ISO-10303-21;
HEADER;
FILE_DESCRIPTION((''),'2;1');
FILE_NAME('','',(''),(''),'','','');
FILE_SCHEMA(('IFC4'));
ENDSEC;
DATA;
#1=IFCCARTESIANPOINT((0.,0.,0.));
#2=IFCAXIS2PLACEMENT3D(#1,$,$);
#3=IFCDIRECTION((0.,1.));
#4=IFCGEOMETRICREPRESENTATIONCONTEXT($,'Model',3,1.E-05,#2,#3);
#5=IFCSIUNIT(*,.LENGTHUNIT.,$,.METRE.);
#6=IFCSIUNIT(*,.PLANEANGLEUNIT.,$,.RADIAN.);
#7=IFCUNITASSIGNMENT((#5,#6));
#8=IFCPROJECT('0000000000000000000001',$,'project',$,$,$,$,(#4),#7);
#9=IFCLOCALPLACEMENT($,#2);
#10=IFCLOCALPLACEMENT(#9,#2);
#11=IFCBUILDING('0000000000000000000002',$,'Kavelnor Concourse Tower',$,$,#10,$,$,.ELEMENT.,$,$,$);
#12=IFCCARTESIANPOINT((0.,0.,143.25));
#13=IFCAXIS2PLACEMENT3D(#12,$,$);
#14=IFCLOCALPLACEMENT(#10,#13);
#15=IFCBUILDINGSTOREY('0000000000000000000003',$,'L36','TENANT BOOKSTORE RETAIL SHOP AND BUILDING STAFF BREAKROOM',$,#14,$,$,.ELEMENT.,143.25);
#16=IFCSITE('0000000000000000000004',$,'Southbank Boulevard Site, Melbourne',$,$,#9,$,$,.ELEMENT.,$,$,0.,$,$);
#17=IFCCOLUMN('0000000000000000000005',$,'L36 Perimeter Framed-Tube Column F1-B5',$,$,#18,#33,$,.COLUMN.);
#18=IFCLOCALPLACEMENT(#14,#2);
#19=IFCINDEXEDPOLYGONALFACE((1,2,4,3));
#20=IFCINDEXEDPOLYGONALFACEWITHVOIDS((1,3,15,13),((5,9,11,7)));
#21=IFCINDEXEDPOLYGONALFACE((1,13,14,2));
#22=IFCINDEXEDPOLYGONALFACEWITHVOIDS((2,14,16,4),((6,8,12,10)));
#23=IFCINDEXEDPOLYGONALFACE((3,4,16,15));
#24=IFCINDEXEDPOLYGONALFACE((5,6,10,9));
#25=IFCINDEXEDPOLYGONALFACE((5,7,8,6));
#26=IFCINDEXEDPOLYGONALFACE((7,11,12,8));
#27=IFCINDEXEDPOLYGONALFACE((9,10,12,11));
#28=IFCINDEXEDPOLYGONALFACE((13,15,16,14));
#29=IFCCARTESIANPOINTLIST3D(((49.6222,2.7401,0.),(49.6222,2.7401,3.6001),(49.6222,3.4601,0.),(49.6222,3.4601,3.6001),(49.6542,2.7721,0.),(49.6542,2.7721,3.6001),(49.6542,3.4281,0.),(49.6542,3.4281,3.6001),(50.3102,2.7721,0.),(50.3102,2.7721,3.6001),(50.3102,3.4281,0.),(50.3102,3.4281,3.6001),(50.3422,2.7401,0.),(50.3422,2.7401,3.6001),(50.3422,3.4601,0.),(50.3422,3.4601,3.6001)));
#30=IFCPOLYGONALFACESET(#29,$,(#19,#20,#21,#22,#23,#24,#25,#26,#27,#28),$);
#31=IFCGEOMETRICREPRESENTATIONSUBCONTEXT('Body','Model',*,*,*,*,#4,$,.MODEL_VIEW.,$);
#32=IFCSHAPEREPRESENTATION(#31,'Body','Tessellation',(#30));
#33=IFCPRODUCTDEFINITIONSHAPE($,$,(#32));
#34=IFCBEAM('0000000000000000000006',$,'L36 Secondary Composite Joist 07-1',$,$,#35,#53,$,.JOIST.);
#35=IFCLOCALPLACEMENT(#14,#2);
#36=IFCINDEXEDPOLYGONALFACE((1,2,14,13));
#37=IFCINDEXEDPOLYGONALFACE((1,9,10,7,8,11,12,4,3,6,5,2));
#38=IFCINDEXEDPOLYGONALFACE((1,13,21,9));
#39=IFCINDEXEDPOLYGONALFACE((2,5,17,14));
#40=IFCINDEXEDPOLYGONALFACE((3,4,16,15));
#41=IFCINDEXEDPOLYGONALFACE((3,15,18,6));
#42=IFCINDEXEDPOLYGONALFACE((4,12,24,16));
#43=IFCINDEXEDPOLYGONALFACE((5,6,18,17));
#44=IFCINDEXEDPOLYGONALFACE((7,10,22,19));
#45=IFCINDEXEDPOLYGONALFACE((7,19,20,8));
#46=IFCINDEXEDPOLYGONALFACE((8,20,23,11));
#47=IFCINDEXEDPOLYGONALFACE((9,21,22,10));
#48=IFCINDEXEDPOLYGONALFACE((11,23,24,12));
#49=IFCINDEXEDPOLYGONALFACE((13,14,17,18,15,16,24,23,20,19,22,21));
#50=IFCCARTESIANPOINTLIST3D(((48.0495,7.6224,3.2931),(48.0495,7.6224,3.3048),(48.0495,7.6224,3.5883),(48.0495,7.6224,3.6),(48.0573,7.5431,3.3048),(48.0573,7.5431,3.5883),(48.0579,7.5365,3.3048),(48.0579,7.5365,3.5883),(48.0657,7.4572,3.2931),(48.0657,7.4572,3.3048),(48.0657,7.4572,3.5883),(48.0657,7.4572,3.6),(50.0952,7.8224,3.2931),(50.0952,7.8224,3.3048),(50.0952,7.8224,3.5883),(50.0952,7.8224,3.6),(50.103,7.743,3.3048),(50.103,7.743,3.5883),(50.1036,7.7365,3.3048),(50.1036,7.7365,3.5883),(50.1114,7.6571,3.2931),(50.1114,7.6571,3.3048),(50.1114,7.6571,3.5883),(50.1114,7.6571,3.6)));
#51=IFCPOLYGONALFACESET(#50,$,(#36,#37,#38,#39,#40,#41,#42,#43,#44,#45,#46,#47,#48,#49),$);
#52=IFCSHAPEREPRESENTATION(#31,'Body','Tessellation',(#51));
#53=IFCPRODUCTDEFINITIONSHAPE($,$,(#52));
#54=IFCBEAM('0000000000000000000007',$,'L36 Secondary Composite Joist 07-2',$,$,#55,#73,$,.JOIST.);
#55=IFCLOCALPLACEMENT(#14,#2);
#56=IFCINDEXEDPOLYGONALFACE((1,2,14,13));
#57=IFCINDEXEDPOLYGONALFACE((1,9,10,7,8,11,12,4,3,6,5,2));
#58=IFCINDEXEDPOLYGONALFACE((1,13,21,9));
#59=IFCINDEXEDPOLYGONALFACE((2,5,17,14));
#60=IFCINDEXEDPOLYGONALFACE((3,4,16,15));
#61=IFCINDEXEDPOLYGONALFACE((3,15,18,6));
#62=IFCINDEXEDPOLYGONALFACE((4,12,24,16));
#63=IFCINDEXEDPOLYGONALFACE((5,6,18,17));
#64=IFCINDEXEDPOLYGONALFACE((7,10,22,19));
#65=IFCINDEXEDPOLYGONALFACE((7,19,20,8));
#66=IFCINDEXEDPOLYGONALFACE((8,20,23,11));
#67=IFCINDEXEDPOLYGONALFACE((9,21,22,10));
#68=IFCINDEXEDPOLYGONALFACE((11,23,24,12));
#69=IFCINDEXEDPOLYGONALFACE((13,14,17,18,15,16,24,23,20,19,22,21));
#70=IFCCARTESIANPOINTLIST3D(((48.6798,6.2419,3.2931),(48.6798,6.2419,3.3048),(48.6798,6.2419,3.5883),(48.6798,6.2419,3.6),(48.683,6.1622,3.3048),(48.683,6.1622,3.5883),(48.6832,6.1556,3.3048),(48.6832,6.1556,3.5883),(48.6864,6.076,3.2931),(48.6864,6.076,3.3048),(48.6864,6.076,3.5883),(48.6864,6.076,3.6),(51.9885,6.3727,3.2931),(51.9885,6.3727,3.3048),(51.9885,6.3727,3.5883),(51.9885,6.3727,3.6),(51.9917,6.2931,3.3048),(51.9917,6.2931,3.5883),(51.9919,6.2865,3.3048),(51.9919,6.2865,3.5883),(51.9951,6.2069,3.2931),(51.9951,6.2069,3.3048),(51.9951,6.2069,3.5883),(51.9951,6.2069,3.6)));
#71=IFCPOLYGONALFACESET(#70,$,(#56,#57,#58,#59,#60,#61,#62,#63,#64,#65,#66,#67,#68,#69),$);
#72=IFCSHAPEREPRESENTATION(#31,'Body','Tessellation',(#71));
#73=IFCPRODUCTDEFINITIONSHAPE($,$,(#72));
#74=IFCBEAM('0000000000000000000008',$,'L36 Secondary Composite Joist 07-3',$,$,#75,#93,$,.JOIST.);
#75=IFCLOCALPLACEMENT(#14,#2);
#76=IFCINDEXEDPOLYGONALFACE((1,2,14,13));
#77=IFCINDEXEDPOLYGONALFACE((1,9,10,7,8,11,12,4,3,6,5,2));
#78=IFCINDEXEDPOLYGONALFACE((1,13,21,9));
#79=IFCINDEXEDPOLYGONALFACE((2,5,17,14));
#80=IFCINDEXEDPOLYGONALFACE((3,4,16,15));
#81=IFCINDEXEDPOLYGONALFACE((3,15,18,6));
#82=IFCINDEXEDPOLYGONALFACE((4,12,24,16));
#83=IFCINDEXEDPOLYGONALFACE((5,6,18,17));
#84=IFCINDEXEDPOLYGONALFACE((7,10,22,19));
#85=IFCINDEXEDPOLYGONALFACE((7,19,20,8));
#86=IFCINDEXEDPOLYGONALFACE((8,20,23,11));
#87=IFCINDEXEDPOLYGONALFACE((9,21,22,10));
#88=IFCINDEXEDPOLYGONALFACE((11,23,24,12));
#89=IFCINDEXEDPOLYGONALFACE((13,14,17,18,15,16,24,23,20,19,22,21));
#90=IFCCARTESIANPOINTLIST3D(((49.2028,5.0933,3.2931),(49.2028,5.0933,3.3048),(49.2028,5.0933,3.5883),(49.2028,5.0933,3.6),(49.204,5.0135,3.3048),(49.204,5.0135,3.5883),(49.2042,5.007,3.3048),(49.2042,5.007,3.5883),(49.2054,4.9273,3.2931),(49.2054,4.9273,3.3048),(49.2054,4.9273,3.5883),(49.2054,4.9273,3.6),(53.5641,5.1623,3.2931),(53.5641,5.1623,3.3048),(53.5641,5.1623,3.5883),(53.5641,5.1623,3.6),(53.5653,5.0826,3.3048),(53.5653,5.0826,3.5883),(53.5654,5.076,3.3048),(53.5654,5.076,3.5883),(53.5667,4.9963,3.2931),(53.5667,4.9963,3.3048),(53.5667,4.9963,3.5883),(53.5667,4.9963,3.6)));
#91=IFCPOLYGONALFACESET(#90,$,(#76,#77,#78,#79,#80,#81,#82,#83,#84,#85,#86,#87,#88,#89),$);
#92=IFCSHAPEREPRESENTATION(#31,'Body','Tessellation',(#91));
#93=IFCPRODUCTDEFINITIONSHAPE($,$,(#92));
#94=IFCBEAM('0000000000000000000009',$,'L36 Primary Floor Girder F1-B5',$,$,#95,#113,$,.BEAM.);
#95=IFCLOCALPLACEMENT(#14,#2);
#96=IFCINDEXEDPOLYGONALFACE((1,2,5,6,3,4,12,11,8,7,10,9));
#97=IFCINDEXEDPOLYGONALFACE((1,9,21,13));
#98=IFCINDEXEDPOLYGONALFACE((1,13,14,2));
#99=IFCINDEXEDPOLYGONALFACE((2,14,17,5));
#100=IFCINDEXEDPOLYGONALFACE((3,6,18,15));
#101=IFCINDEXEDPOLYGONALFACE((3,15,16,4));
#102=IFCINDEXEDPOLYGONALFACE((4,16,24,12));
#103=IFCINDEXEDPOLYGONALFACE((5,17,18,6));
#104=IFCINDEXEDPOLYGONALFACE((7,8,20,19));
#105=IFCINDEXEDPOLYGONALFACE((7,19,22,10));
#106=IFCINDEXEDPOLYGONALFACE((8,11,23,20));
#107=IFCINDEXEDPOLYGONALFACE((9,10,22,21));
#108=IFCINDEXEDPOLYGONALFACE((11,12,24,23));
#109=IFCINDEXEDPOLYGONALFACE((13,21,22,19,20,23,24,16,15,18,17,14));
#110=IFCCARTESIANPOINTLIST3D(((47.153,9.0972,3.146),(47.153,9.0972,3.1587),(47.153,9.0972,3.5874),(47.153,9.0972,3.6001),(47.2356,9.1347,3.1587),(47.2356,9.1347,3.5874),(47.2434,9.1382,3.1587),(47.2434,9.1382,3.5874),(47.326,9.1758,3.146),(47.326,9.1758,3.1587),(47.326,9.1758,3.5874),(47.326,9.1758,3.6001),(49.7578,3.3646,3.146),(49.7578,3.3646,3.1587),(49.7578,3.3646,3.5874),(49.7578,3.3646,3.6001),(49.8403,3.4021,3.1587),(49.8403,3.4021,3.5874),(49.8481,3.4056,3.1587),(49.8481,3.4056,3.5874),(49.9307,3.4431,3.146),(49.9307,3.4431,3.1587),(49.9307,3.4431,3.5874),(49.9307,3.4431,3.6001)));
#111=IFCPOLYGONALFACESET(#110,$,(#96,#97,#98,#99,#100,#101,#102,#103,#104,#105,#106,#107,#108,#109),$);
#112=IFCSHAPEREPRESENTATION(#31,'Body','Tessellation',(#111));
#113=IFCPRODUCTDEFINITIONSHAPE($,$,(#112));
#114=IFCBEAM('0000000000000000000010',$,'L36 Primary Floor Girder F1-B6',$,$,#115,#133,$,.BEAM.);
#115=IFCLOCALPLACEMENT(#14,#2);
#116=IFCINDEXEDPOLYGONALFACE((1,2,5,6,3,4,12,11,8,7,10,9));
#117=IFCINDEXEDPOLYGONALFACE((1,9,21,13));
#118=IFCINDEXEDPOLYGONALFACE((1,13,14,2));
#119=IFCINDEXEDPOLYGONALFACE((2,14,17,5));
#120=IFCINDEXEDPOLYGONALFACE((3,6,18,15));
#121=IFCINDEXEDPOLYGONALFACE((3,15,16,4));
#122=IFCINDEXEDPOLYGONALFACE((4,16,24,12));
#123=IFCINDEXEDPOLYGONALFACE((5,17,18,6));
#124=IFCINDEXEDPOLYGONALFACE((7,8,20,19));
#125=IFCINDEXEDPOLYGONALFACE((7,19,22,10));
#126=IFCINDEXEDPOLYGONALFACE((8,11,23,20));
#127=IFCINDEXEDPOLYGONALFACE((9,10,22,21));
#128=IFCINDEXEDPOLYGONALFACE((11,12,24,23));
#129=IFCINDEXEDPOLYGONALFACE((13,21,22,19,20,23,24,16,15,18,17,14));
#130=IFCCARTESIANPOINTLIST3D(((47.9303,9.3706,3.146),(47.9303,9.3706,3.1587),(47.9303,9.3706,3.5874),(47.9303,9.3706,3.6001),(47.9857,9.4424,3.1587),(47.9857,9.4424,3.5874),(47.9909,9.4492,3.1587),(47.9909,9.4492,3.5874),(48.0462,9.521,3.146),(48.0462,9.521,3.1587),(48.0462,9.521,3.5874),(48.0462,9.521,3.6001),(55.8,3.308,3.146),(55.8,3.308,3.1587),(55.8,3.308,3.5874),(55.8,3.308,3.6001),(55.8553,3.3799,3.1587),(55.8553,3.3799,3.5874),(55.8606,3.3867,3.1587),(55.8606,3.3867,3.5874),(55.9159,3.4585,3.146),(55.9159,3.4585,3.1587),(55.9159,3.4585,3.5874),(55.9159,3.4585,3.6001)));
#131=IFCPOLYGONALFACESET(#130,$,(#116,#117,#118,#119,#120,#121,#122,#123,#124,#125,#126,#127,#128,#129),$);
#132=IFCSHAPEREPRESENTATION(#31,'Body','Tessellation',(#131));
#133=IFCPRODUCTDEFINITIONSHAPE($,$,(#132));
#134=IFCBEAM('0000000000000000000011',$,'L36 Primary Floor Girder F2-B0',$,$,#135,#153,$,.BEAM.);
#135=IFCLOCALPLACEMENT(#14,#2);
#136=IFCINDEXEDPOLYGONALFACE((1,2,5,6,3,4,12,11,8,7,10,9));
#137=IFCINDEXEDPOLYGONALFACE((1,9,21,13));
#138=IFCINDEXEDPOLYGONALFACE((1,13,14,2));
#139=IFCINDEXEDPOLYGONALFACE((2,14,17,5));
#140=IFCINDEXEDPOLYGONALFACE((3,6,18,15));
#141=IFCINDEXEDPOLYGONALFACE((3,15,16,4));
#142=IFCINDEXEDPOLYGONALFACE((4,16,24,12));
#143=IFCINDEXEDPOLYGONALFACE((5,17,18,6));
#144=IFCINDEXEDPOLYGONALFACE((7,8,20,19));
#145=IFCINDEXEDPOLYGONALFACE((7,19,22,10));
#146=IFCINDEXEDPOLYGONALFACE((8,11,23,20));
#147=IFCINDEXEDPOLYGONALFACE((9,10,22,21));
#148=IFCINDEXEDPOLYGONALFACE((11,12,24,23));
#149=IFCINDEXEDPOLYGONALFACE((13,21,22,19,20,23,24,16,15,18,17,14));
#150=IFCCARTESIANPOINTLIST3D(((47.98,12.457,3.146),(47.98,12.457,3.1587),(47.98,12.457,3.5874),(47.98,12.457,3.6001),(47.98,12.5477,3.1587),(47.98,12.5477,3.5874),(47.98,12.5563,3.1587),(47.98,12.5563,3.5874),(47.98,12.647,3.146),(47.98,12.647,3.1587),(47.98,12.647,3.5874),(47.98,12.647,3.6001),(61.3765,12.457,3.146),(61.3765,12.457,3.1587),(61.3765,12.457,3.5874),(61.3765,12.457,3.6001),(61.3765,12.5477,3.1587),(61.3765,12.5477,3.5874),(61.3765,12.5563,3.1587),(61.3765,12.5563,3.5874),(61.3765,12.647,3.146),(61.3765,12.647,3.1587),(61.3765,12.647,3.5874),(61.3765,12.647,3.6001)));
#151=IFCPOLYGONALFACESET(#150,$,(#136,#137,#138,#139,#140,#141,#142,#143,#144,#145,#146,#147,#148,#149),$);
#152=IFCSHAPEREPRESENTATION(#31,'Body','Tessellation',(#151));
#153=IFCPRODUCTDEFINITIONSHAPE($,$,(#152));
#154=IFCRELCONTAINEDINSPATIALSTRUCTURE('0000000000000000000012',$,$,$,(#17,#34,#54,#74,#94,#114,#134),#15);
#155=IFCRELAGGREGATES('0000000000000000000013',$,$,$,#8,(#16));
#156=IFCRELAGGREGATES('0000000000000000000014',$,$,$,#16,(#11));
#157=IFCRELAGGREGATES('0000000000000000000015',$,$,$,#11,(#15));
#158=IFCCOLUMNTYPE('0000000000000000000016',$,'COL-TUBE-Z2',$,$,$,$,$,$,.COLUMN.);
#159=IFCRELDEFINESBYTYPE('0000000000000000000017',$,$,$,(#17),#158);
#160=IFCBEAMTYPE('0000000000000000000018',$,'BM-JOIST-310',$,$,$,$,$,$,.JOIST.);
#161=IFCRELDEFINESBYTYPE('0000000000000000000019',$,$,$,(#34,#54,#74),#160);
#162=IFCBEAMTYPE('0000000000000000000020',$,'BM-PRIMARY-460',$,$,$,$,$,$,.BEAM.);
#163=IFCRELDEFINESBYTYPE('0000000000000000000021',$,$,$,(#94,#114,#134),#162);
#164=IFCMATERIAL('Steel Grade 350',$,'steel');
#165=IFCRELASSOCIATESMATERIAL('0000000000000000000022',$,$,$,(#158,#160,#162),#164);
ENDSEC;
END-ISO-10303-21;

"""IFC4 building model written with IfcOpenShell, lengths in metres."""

from ifc_helpers import new_model, si_unit, direction, frame, origin, origin_2d, place, context, subcontext, project, spatial, hollow_rectangle, i_section, extrude, material, material_profile, profile_set, type_object, element, save


model = new_model("IFC4")

# Units and contexts
model_context = context("Model", 3, precision=1e-05, world=origin(), true_north=direction((0.0, 1.0)))
body_context = subcontext(model_context, "Body", "Model", "MODEL_VIEW")
ifc_project = project(units=[si_unit("LENGTHUNIT", "METRE"), si_unit("PLANEANGLEUNIT", "RADIAN")], contexts=[model_context])

# Site, building, storey
site_placement = place(None, origin())
site = spatial("IfcSite", under=ifc_project, at=site_placement, Name="Southbank Boulevard Site, Melbourne", CompositionType="ELEMENT", RefElevation=0.0)
building_placement = place(site_placement, origin())
building = spatial("IfcBuilding", under=site, at=building_placement, Name="Kavelnor Concourse Tower", CompositionType="ELEMENT")
storey_placement = place(building_placement, frame((0.0, 0.0, 143.25)))
storey = spatial("IfcBuildingStorey", under=building, at=storey_placement, Name="L36", Description="TENANT BOOKSTORE RETAIL SHOP AND BUILDING STAFF BREAKROOM", CompositionType="ELEMENT", Elevation=143.25)

# Column
ifc_material_1 = material(Name="Steel Grade 350", Category="steel")
ifc_material_profile_1 = material_profile(ifc_material_1, hollow_rectangle(XDim=0.72, YDim=0.72, WallThickness=0.032, at=origin_2d()), Name="SHS 720x720x32")
ifc_profile_set_1 = profile_set([ifc_material_profile_1], Name="Steel Grade 350")
column_type = type_object("IfcColumnType", Name="COL-TUBE-Z2", PredefinedType="COLUMN", material=ifc_profile_set_1)
column_placement = place(storey_placement, frame((49.9822, 3.1001, 0.0), z_axis=(0.0, 0.0, 1.0), x_axis=(1.0, 0.0, 0.0)))
element("IfcColumn", 1, at=column_placement, inside=storey, type_object=column_type, Name="L36 Perimeter Framed-Tube Column F1-B5", PredefinedType="COLUMN", context=body_context, shape_type="SweptSolid", body=[
    extrude(hollow_rectangle(XDim=0.72, YDim=0.72, WallThickness=0.032, at=origin_2d()), origin(), (0.0, 0.0, 1.0), 3.6001),
])

# Beams
ifc_material_profile_2 = material_profile(ifc_material_1, i_section(OverallWidth=0.166, OverallDepth=0.3069, WebThickness=0.0066, FlangeThickness=0.0117, at=origin_2d()), Name="310UB46")
ifc_profile_set_2 = profile_set([ifc_material_profile_2], Name="Steel Grade 350")
beam_type_1 = type_object("IfcBeamType", Name="BM-JOIST-310", PredefinedType="JOIST", material=ifc_profile_set_2)
beam_1_placement = place(storey_placement, frame((48.0576, 7.5398, 3.4465), z_axis=(0.995257, 0.097281, 0.0), x_axis=(-0.097281, 0.995257, 0.0)))
element("IfcBeam", 2, at=beam_1_placement, inside=storey, type_object=beam_type_1, Name="L36 Secondary Composite Joist 07-1", PredefinedType="JOIST", context=body_context, shape_type="SweptSolid", body=[
    extrude(i_section(OverallWidth=0.166, OverallDepth=0.3069, WebThickness=0.0066, FlangeThickness=0.0117, at=origin_2d()), origin(), (0.0, 0.0, 1.0), 2.0554),
])
beam_2_placement = place(storey_placement, frame((48.6831, 6.1589, 3.4465), z_axis=(0.999219, 0.03952, 0.0), x_axis=(-0.03952, 0.999219, 0.0)))
element("IfcBeam", 3, at=beam_2_placement, inside=storey, type_object=beam_type_1, Name="L36 Secondary Composite Joist 07-2", PredefinedType="JOIST", context=body_context, shape_type="SweptSolid", body=[
    extrude(i_section(OverallWidth=0.166, OverallDepth=0.3069, WebThickness=0.0066, FlangeThickness=0.0117, at=origin_2d()), origin(), (0.0, 0.0, 1.0), 3.3113),
])
beam_3_placement = place(storey_placement, frame((49.2041, 5.0103, 3.4465), z_axis=(0.999875, 0.01584, 0.0), x_axis=(-0.01584, 0.999875, 0.0)))
element("IfcBeam", 4, at=beam_3_placement, inside=storey, type_object=beam_type_1, Name="L36 Secondary Composite Joist 07-3", PredefinedType="JOIST", context=body_context, shape_type="SweptSolid", body=[
    extrude(i_section(OverallWidth=0.166, OverallDepth=0.3069, WebThickness=0.0066, FlangeThickness=0.0117, at=origin_2d()), origin(), (0.0, 0.0, 1.0), 4.3618),
])
ifc_material_profile_3 = material_profile(ifc_material_1, i_section(OverallWidth=0.1899, OverallDepth=0.4541, WebThickness=0.0085, FlangeThickness=0.0127, at=origin_2d()), Name="460UB67")
ifc_profile_set_3 = profile_set([ifc_material_profile_3], Name="Steel Grade 350")
beam_type_2 = type_object("IfcBeamType", Name="BM-PRIMARY-460", PredefinedType="BEAM", material=ifc_profile_set_3)
beam_4_placement = place(storey_placement, frame((47.2395, 9.1365, 3.373), z_axis=(0.413669, -0.910428, 0.0), x_axis=(0.910428, 0.413669, 0.0)))
element("IfcBeam", 5, at=beam_4_placement, inside=storey, type_object=beam_type_2, Name="L36 Primary Floor Girder F1-B5", PredefinedType="BEAM", context=body_context, shape_type="SweptSolid", body=[
    extrude(i_section(OverallWidth=0.1899, OverallDepth=0.4541, WebThickness=0.0085, FlangeThickness=0.0127, at=origin_2d()), origin(), (0.0, 0.0, 1.0), 6.2966),
])
beam_5_placement = place(storey_placement, frame((47.9883, 9.4458, 3.373), z_axis=(0.792189, -0.610276, 0.0), x_axis=(0.610276, 0.792189, 0.0)))
element("IfcBeam", 6, at=beam_5_placement, inside=storey, type_object=beam_type_2, Name="L36 Primary Floor Girder F1-B6", PredefinedType="BEAM", context=body_context, shape_type="SweptSolid", body=[
    extrude(i_section(OverallWidth=0.1899, OverallDepth=0.4541, WebThickness=0.0085, FlangeThickness=0.0127, at=origin_2d()), origin(), (0.0, 0.0, 1.0), 9.9341),
])
beam_6_placement = place(storey_placement, frame((47.98, 12.552, 3.373), z_axis=(1.0, 0.0, 0.0), x_axis=(0.0, 1.0, 0.0)))
element("IfcBeam", 7, at=beam_6_placement, inside=storey, type_object=beam_type_2, Name="L36 Primary Floor Girder F2-B0", PredefinedType="BEAM", context=body_context, shape_type="SweptSolid", body=[
    extrude(i_section(OverallWidth=0.1899, OverallDepth=0.4541, WebThickness=0.0085, FlangeThickness=0.0127, at=origin_2d()), origin(), (0.0, 0.0, 1.0), 13.3965),
])

save(model, "model.ifc")
